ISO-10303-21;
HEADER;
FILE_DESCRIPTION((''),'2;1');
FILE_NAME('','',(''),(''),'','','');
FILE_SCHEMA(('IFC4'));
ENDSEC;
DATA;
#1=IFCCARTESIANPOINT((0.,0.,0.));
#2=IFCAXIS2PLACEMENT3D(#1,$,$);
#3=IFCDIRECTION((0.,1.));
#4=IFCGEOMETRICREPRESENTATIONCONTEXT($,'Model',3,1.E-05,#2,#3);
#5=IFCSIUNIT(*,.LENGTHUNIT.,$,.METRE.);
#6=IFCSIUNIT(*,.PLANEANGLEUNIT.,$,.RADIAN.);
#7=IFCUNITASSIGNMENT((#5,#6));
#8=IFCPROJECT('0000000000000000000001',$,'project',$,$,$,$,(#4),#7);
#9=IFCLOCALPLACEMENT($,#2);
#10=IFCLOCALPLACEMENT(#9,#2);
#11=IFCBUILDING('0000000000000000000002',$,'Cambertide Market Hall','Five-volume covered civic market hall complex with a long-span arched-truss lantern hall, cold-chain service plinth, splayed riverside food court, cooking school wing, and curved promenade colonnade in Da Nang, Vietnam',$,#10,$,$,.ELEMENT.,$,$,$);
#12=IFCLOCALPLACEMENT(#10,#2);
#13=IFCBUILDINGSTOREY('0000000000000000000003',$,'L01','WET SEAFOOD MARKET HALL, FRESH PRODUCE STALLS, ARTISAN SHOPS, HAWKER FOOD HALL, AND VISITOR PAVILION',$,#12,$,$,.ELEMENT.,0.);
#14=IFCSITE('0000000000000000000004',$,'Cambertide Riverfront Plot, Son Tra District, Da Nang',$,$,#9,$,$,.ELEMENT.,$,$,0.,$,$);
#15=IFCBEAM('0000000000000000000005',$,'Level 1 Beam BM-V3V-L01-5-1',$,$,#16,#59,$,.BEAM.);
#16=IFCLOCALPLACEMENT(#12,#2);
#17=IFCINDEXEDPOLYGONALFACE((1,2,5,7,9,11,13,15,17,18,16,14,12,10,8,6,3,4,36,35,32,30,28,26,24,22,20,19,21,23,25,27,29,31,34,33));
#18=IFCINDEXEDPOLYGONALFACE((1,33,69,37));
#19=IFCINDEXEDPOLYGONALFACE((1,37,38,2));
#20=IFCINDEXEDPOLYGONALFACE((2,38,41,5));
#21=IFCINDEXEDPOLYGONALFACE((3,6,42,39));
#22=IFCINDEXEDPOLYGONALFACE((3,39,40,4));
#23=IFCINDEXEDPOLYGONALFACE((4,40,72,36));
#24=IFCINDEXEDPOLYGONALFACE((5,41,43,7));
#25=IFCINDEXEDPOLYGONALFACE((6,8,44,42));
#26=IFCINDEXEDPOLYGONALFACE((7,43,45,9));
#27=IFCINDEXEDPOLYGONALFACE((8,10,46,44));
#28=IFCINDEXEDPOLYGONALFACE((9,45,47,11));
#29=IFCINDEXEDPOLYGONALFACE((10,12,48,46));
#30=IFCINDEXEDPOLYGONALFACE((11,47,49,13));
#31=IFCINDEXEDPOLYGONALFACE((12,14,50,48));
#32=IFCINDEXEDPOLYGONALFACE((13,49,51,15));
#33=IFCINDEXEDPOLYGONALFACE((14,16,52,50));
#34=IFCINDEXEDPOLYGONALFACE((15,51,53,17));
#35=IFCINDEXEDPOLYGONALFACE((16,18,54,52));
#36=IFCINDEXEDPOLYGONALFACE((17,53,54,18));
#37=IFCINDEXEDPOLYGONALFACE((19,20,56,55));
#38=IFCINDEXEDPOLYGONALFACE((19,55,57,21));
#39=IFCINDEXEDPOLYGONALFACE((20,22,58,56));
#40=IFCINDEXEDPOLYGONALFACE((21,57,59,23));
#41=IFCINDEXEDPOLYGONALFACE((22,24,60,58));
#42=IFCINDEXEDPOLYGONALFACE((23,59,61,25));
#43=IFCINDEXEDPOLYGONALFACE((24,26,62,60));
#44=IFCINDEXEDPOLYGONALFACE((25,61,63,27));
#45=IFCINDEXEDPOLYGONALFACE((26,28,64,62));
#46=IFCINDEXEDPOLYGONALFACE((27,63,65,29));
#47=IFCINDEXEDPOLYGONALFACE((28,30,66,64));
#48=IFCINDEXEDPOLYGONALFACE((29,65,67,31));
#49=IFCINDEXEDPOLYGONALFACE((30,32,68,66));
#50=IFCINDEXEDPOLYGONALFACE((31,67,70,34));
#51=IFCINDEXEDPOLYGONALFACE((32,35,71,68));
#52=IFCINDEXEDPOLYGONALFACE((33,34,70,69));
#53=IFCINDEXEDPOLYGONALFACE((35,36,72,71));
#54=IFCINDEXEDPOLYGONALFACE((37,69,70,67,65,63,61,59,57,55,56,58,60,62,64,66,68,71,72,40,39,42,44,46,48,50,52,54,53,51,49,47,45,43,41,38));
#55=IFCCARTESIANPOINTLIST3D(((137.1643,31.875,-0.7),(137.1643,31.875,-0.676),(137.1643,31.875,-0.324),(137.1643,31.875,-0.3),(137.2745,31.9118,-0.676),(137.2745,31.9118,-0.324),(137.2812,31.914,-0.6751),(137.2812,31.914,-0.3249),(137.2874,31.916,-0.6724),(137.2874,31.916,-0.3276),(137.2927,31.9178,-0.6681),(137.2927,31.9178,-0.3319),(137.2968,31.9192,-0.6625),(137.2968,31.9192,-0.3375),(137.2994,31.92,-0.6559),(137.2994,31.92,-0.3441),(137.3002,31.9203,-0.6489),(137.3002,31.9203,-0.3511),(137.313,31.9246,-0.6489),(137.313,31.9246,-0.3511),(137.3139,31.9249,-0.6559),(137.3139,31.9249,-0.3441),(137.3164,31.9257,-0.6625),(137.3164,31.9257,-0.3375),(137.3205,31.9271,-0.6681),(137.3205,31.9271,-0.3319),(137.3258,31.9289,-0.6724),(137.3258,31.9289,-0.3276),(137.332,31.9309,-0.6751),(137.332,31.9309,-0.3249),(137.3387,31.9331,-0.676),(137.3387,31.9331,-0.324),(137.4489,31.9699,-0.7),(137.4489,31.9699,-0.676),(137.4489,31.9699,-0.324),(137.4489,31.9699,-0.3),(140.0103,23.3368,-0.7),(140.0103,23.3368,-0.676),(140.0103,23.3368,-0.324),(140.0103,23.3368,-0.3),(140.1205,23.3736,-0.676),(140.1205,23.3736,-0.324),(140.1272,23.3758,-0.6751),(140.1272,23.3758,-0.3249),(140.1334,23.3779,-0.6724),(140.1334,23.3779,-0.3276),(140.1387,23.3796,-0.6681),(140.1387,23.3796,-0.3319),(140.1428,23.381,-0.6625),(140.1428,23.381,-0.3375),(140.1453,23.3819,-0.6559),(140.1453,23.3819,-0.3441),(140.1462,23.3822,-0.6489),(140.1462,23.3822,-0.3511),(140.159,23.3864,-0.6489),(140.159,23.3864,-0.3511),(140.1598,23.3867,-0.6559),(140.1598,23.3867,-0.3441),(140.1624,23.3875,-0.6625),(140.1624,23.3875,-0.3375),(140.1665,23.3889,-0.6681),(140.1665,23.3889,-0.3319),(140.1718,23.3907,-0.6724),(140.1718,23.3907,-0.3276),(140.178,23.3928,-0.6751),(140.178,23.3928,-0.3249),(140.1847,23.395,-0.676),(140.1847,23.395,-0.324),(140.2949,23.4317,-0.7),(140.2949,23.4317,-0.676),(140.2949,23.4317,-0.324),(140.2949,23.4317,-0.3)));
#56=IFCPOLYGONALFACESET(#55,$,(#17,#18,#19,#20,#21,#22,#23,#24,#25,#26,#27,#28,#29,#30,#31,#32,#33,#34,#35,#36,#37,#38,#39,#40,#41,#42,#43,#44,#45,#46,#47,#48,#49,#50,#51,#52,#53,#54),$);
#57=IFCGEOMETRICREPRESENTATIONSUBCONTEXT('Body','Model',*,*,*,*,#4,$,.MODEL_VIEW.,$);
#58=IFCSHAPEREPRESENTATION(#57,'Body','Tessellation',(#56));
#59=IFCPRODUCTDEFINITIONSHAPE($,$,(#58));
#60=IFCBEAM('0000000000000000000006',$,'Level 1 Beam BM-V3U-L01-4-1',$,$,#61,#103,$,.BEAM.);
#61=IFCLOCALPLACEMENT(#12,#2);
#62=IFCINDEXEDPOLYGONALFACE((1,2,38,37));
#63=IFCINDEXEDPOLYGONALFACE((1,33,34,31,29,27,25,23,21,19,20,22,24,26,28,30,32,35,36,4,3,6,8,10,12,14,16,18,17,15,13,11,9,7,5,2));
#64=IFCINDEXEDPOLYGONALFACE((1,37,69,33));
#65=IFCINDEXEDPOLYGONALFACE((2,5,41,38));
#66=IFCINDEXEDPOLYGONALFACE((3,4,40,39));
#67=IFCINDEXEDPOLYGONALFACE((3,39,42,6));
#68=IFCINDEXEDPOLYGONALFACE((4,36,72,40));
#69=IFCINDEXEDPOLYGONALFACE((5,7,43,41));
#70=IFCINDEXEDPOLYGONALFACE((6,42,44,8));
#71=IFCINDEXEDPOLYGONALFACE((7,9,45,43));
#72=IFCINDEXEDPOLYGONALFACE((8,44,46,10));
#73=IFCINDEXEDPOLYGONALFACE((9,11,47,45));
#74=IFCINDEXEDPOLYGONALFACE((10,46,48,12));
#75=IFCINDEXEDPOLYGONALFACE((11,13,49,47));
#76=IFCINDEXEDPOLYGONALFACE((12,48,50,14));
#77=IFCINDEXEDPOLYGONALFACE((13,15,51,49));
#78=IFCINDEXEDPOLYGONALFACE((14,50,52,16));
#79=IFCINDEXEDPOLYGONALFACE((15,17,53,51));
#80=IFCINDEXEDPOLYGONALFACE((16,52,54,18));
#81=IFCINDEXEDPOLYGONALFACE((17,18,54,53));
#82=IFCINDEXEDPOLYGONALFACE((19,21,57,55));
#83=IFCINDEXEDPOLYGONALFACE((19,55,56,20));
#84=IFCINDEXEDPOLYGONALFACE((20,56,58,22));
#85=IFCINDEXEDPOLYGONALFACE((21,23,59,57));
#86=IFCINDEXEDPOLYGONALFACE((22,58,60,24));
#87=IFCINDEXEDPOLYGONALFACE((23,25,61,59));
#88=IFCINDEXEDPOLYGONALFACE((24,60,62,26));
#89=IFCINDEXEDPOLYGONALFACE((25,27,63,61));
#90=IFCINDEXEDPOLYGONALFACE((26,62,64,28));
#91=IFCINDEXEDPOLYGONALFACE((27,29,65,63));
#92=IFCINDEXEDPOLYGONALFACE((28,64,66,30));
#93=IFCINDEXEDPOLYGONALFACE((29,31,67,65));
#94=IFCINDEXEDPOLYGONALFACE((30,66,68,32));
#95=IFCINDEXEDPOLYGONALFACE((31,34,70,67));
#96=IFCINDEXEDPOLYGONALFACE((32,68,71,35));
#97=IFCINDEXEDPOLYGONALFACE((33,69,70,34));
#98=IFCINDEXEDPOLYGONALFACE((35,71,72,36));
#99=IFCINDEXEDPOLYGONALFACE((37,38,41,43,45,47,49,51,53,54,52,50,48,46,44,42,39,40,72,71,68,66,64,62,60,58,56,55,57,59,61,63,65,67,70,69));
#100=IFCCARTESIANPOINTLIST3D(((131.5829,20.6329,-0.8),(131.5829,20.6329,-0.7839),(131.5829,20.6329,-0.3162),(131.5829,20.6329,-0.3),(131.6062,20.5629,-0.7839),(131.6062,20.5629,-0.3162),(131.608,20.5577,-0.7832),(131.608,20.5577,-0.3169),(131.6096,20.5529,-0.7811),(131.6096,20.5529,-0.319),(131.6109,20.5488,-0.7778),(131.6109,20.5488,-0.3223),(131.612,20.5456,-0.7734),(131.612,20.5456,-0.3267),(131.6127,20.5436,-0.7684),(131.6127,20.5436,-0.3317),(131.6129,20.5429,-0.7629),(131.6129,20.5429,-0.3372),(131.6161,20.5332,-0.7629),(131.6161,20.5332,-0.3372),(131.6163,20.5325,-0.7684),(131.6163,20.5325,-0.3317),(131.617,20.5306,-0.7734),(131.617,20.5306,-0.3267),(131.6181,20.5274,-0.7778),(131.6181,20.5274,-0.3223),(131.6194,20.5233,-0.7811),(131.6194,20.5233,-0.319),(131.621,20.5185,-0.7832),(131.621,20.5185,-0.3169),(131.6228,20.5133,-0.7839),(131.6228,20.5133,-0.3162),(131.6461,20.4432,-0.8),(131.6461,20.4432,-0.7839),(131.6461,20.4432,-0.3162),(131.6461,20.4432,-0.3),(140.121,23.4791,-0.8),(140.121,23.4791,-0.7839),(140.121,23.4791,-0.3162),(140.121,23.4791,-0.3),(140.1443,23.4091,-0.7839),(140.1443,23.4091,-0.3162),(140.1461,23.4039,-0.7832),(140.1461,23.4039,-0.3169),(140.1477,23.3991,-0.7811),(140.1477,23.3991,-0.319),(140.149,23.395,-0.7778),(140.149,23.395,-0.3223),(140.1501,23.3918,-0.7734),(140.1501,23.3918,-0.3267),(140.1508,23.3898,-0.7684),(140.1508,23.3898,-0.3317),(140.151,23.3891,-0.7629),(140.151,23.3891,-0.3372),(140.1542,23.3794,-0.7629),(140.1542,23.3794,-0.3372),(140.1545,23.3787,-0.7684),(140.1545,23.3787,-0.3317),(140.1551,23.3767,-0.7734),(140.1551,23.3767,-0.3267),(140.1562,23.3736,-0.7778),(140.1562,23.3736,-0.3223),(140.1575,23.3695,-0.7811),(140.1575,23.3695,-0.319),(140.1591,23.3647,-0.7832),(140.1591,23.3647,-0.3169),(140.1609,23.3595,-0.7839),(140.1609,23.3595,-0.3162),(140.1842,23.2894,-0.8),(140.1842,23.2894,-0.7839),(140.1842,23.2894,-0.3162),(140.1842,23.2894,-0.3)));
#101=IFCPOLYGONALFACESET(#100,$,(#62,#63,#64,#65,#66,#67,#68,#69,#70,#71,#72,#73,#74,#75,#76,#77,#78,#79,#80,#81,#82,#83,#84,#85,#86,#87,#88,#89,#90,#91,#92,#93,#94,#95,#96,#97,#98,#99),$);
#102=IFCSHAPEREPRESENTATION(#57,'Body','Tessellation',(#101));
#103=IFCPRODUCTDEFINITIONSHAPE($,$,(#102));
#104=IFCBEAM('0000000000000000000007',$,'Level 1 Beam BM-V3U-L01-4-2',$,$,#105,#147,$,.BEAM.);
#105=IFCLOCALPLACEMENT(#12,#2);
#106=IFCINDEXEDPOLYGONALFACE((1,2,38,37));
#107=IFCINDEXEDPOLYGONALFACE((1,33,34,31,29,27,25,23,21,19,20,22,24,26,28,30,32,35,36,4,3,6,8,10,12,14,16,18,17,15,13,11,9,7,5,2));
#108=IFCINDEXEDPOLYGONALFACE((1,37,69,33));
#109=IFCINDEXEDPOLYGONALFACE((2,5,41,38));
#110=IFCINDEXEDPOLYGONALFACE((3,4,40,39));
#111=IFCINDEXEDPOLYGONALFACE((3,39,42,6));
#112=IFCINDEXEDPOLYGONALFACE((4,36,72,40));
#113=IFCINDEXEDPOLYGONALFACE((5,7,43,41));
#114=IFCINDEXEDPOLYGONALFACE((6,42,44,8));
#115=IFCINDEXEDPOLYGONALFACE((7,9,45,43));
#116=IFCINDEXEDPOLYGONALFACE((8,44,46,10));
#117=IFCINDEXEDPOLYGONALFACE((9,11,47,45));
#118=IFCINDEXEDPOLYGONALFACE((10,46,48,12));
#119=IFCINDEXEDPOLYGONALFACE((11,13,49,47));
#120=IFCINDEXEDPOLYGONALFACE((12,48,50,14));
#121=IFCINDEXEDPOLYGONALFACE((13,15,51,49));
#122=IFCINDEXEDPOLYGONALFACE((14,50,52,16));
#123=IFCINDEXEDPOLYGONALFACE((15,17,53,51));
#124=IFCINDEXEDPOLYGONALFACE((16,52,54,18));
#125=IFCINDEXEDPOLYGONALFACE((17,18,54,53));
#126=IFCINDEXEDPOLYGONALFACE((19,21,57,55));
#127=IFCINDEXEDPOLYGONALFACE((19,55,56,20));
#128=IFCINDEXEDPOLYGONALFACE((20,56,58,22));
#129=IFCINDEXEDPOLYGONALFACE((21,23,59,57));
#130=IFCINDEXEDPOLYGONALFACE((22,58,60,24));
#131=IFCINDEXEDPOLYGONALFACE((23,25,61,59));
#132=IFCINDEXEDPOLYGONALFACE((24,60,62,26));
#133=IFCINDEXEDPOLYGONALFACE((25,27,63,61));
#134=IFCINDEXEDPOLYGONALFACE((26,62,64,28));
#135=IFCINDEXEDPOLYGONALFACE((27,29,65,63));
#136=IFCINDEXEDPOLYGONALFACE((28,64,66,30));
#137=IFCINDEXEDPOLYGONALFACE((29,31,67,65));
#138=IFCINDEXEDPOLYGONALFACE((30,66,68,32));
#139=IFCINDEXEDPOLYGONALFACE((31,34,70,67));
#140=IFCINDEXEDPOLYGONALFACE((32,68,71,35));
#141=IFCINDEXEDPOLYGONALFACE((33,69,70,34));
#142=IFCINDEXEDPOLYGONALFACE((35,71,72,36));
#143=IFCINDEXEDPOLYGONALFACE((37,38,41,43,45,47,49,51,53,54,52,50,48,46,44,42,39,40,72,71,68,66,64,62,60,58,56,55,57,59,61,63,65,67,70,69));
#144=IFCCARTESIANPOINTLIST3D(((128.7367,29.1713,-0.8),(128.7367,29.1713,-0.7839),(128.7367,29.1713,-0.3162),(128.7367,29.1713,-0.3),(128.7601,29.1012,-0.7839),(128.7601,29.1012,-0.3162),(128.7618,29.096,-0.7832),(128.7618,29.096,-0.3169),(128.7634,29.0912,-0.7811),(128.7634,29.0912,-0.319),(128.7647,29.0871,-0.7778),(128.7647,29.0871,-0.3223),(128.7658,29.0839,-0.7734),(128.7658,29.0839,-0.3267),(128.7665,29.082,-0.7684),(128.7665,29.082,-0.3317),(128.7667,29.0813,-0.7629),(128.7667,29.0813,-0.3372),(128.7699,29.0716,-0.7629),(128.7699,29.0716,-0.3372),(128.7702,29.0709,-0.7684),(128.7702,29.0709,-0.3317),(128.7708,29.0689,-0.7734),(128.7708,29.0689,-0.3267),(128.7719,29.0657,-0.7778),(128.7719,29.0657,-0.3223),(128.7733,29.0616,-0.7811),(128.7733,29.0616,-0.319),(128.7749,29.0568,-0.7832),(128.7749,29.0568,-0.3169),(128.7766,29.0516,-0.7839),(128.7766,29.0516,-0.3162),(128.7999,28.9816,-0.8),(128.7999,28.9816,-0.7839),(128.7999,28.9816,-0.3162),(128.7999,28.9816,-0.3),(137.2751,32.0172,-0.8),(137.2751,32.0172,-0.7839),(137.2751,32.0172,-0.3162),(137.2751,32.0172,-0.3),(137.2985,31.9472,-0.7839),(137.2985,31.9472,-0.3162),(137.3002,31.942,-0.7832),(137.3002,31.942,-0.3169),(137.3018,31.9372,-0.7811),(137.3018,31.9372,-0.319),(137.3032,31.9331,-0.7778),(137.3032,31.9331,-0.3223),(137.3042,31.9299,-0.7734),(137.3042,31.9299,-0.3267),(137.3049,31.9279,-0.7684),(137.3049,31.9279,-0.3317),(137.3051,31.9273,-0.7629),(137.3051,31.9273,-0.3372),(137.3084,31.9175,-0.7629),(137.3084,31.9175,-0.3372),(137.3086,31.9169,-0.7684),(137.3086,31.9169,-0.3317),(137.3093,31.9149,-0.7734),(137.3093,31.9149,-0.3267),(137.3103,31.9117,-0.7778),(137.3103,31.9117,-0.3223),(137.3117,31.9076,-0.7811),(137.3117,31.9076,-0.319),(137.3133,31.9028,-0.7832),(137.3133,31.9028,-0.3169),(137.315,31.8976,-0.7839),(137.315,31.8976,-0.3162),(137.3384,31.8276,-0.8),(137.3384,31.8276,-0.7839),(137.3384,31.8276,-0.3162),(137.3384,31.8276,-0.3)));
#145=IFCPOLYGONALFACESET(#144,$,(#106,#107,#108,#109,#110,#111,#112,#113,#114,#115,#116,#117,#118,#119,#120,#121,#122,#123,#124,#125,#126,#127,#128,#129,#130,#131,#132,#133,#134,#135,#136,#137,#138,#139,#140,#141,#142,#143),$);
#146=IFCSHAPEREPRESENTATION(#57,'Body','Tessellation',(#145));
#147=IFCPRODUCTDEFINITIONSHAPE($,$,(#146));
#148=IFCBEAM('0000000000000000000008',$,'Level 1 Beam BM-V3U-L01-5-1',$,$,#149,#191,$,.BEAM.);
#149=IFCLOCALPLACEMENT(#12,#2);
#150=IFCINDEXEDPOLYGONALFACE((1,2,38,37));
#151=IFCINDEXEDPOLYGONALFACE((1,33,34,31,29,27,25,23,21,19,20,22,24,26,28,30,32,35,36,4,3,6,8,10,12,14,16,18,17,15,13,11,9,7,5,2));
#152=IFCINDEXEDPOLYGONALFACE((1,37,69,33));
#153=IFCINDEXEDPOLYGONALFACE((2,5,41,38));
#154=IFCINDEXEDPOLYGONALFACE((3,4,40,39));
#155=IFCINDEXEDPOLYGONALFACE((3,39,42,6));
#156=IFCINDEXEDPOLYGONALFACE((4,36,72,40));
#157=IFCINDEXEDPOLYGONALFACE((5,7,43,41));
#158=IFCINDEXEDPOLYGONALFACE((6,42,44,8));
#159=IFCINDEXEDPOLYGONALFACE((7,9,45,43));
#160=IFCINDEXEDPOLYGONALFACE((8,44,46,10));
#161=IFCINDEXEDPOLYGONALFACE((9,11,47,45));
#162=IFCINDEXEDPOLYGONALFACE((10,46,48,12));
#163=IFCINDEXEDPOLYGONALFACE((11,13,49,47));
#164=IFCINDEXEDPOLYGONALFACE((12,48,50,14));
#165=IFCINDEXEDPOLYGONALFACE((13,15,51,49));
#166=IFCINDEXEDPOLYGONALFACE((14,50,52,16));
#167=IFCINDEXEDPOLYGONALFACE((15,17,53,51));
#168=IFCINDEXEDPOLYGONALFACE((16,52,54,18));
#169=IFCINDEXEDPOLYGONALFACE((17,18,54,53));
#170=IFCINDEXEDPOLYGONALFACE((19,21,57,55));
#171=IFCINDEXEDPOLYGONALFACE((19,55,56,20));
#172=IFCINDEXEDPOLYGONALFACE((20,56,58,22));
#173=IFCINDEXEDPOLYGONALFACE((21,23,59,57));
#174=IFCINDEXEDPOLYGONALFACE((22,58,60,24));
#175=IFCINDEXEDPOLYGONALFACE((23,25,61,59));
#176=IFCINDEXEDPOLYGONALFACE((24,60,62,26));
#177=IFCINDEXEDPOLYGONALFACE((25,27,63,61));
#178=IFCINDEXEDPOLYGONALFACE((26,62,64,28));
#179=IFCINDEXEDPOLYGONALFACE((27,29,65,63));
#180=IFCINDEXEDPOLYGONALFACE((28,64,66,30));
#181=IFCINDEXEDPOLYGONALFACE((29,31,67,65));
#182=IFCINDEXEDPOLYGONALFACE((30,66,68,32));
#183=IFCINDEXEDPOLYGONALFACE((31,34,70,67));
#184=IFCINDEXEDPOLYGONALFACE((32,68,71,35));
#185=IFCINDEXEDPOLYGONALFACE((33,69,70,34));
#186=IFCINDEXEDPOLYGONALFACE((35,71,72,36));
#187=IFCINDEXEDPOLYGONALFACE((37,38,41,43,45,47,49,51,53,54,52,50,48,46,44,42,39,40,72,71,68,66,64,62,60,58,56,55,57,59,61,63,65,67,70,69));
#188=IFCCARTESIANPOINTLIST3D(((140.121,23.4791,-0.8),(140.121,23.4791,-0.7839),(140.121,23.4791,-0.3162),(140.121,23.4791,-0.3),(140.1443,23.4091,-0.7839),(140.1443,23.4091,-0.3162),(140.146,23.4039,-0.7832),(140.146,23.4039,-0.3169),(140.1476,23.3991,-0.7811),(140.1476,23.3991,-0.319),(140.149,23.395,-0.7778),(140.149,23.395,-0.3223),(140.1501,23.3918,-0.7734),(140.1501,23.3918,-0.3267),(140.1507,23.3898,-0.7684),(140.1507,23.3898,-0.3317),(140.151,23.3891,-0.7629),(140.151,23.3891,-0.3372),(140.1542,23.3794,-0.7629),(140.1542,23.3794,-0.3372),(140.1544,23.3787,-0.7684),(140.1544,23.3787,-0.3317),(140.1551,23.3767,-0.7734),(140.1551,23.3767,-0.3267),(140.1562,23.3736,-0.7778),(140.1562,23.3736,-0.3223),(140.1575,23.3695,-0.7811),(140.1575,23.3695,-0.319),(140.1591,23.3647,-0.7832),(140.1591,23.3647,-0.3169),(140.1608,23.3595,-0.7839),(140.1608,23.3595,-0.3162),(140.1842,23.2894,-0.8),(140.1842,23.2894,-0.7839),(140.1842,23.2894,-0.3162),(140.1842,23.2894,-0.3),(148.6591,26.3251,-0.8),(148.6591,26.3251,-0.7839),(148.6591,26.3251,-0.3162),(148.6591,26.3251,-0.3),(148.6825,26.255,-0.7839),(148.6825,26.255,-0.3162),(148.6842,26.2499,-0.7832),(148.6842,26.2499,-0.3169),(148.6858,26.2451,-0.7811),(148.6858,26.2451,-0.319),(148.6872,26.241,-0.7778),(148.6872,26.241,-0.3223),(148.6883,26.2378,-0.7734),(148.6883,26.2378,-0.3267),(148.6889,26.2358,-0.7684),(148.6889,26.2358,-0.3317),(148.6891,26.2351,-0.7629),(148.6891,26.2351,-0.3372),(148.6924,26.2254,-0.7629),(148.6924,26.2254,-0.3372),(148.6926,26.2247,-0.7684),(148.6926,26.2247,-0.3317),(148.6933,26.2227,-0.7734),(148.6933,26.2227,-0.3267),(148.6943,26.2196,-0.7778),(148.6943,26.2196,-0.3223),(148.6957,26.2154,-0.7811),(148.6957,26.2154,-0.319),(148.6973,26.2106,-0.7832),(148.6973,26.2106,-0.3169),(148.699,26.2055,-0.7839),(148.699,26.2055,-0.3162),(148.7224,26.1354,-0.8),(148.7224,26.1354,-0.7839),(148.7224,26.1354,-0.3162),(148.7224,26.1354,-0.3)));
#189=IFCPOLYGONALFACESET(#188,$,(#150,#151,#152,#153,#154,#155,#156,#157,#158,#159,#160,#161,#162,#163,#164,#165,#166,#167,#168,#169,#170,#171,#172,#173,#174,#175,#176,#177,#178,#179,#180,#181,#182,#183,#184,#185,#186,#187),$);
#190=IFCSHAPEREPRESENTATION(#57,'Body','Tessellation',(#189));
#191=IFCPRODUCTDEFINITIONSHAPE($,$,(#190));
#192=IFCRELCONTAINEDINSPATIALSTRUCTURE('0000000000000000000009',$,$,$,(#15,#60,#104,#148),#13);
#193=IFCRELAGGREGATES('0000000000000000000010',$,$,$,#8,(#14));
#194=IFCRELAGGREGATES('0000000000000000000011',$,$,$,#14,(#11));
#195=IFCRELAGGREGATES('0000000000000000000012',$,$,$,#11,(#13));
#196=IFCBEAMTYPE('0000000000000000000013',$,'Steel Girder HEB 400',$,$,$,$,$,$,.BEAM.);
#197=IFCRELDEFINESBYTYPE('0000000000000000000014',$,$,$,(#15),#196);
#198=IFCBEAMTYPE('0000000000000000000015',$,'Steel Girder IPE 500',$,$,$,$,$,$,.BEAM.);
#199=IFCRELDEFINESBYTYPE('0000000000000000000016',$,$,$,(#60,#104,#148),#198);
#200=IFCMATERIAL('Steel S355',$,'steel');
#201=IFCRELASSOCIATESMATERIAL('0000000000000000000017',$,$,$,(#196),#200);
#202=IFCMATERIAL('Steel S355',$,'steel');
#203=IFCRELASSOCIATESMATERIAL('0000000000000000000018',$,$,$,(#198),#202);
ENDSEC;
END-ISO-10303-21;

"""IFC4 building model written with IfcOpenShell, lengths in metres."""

from ifc_helpers import new_model, si_unit, direction, frame, origin, origin_2d, place, context, subcontext, project, spatial, i_section, extrude, material, material_profile, profile_set, type_object, element, save


model = new_model("IFC4")

# Units and contexts
model_context = context("Model", 3, precision=1e-05, world=origin(), true_north=direction((0.0, 1.0)))
body_context = subcontext(model_context, "Body", "Model", "MODEL_VIEW")
ifc_project = project(units=[si_unit("LENGTHUNIT", "METRE"), si_unit("PLANEANGLEUNIT", "RADIAN")], contexts=[model_context])

# Site, building, storey
site_placement = place(None, origin())
site = spatial("IfcSite", under=ifc_project, at=site_placement, Name="Cambertide Riverfront Plot, Son Tra District, Da Nang", CompositionType="ELEMENT", RefElevation=0.0)
building_placement = place(site_placement, origin())
building = spatial("IfcBuilding", under=site, at=building_placement, Name="Cambertide Market Hall", Description="Five-volume covered civic market hall complex with a long-span arched-truss lantern hall, cold-chain service plinth, splayed riverside food court, cooking school wing, and curved promenade colonnade in Da Nang, Vietnam", CompositionType="ELEMENT")
storey_placement = place(building_placement, origin())
storey = spatial("IfcBuildingStorey", under=building, at=storey_placement, Name="L01", Description="WET SEAFOOD MARKET HALL, FRESH PRODUCE STALLS, ARTISAN SHOPS, HAWKER FOOD HALL, AND VISITOR PAVILION", CompositionType="ELEMENT", Elevation=0.0)

# Beams
ifc_material_1 = material(Name="Steel S355", Category="steel")
ifc_material_profile_1 = material_profile(ifc_material_1, i_section(OverallWidth=0.3, OverallDepth=0.3999, WebThickness=0.0134, FlangeThickness=0.0239, FilletRadius=0.0271, at=origin_2d()), Name="HEB 400")
ifc_profile_set_1 = profile_set([ifc_material_profile_1], Name="Steel S355")
beam_type_1 = type_object("IfcBeamType", Name="Steel Girder HEB 400", PredefinedType="BEAM", material=ifc_profile_set_1)
beam_1_placement = place(storey_placement, frame((140.1526, 23.3843, -0.5), z_axis=(-0.31622, 0.948686, 0.0), x_axis=(-0.948686, -0.31622, 0.0)))
element("IfcBeam", 1, at=beam_1_placement, inside=storey, type_object=beam_type_1, Name="Level 1 Beam BM-V3V-L01-5-1", PredefinedType="BEAM", context=body_context, shape_type="SweptSolid", body=[
    extrude(i_section(OverallWidth=0.3, OverallDepth=0.3999, WebThickness=0.0134, FlangeThickness=0.0239, FilletRadius=0.0271, at=origin_2d()), origin(), (0.0, 0.0, 1.0), 9.0),
])
ifc_material_2 = material(Name="Steel S355", Category="steel")
ifc_material_profile_2 = material_profile(ifc_material_2, i_section(OverallWidth=0.2, OverallDepth=0.5, WebThickness=0.0103, FlangeThickness=0.0161, FilletRadius=0.021, at=origin_2d()), Name="IPE 500")
ifc_profile_set_2 = profile_set([ifc_material_profile_2], Name="Steel S355")
beam_type_2 = type_object("IfcBeamType", Name="Steel Girder IPE 500", PredefinedType="BEAM", material=ifc_profile_set_2)
beam_2_placement = place(storey_placement, frame((131.6145, 20.5381, -0.55), z_axis=(0.948678, 0.316244, 0.0), x_axis=(-0.316244, 0.948678, 0.0)))
element("IfcBeam", 2, at=beam_2_placement, inside=storey, type_object=beam_type_2, Name="Level 1 Beam BM-V3U-L01-4-1", PredefinedType="BEAM", context=body_context, shape_type="SweptSolid", body=[
    extrude(i_section(OverallWidth=0.2, OverallDepth=0.5, WebThickness=0.0103, FlangeThickness=0.0161, FilletRadius=0.021, at=origin_2d()), origin(), (0.0, 0.0, 1.0), 9.0),
])
beam_3_placement = place(storey_placement, frame((128.7683, 29.0764, -0.55), z_axis=(0.948689, 0.316211, 0.0), x_axis=(-0.316211, 0.948689, 0.0)))
element("IfcBeam", 3, at=beam_3_placement, inside=storey, type_object=beam_type_2, Name="Level 1 Beam BM-V3U-L01-4-2", PredefinedType="BEAM", context=body_context, shape_type="SweptSolid", body=[
    extrude(i_section(OverallWidth=0.2, OverallDepth=0.5, WebThickness=0.0103, FlangeThickness=0.0161, FilletRadius=0.021, at=origin_2d()), origin(), (0.0, 0.0, 1.0), 9.0002),
])
beam_4_placement = place(storey_placement, frame((140.1526, 23.3843, -0.55), z_axis=(0.948686, 0.31622, 0.0), x_axis=(-0.31622, 0.948686, 0.0)))
element("IfcBeam", 4, at=beam_4_placement, inside=storey, type_object=beam_type_2, Name="Level 1 Beam BM-V3U-L01-5-1", PredefinedType="BEAM", context=body_context, shape_type="SweptSolid", body=[
    extrude(i_section(OverallWidth=0.2, OverallDepth=0.5, WebThickness=0.0103, FlangeThickness=0.0161, FilletRadius=0.021, at=origin_2d()), origin(), (0.0, 0.0, 1.0), 9.0),
])

save(model, "model.ifc")
